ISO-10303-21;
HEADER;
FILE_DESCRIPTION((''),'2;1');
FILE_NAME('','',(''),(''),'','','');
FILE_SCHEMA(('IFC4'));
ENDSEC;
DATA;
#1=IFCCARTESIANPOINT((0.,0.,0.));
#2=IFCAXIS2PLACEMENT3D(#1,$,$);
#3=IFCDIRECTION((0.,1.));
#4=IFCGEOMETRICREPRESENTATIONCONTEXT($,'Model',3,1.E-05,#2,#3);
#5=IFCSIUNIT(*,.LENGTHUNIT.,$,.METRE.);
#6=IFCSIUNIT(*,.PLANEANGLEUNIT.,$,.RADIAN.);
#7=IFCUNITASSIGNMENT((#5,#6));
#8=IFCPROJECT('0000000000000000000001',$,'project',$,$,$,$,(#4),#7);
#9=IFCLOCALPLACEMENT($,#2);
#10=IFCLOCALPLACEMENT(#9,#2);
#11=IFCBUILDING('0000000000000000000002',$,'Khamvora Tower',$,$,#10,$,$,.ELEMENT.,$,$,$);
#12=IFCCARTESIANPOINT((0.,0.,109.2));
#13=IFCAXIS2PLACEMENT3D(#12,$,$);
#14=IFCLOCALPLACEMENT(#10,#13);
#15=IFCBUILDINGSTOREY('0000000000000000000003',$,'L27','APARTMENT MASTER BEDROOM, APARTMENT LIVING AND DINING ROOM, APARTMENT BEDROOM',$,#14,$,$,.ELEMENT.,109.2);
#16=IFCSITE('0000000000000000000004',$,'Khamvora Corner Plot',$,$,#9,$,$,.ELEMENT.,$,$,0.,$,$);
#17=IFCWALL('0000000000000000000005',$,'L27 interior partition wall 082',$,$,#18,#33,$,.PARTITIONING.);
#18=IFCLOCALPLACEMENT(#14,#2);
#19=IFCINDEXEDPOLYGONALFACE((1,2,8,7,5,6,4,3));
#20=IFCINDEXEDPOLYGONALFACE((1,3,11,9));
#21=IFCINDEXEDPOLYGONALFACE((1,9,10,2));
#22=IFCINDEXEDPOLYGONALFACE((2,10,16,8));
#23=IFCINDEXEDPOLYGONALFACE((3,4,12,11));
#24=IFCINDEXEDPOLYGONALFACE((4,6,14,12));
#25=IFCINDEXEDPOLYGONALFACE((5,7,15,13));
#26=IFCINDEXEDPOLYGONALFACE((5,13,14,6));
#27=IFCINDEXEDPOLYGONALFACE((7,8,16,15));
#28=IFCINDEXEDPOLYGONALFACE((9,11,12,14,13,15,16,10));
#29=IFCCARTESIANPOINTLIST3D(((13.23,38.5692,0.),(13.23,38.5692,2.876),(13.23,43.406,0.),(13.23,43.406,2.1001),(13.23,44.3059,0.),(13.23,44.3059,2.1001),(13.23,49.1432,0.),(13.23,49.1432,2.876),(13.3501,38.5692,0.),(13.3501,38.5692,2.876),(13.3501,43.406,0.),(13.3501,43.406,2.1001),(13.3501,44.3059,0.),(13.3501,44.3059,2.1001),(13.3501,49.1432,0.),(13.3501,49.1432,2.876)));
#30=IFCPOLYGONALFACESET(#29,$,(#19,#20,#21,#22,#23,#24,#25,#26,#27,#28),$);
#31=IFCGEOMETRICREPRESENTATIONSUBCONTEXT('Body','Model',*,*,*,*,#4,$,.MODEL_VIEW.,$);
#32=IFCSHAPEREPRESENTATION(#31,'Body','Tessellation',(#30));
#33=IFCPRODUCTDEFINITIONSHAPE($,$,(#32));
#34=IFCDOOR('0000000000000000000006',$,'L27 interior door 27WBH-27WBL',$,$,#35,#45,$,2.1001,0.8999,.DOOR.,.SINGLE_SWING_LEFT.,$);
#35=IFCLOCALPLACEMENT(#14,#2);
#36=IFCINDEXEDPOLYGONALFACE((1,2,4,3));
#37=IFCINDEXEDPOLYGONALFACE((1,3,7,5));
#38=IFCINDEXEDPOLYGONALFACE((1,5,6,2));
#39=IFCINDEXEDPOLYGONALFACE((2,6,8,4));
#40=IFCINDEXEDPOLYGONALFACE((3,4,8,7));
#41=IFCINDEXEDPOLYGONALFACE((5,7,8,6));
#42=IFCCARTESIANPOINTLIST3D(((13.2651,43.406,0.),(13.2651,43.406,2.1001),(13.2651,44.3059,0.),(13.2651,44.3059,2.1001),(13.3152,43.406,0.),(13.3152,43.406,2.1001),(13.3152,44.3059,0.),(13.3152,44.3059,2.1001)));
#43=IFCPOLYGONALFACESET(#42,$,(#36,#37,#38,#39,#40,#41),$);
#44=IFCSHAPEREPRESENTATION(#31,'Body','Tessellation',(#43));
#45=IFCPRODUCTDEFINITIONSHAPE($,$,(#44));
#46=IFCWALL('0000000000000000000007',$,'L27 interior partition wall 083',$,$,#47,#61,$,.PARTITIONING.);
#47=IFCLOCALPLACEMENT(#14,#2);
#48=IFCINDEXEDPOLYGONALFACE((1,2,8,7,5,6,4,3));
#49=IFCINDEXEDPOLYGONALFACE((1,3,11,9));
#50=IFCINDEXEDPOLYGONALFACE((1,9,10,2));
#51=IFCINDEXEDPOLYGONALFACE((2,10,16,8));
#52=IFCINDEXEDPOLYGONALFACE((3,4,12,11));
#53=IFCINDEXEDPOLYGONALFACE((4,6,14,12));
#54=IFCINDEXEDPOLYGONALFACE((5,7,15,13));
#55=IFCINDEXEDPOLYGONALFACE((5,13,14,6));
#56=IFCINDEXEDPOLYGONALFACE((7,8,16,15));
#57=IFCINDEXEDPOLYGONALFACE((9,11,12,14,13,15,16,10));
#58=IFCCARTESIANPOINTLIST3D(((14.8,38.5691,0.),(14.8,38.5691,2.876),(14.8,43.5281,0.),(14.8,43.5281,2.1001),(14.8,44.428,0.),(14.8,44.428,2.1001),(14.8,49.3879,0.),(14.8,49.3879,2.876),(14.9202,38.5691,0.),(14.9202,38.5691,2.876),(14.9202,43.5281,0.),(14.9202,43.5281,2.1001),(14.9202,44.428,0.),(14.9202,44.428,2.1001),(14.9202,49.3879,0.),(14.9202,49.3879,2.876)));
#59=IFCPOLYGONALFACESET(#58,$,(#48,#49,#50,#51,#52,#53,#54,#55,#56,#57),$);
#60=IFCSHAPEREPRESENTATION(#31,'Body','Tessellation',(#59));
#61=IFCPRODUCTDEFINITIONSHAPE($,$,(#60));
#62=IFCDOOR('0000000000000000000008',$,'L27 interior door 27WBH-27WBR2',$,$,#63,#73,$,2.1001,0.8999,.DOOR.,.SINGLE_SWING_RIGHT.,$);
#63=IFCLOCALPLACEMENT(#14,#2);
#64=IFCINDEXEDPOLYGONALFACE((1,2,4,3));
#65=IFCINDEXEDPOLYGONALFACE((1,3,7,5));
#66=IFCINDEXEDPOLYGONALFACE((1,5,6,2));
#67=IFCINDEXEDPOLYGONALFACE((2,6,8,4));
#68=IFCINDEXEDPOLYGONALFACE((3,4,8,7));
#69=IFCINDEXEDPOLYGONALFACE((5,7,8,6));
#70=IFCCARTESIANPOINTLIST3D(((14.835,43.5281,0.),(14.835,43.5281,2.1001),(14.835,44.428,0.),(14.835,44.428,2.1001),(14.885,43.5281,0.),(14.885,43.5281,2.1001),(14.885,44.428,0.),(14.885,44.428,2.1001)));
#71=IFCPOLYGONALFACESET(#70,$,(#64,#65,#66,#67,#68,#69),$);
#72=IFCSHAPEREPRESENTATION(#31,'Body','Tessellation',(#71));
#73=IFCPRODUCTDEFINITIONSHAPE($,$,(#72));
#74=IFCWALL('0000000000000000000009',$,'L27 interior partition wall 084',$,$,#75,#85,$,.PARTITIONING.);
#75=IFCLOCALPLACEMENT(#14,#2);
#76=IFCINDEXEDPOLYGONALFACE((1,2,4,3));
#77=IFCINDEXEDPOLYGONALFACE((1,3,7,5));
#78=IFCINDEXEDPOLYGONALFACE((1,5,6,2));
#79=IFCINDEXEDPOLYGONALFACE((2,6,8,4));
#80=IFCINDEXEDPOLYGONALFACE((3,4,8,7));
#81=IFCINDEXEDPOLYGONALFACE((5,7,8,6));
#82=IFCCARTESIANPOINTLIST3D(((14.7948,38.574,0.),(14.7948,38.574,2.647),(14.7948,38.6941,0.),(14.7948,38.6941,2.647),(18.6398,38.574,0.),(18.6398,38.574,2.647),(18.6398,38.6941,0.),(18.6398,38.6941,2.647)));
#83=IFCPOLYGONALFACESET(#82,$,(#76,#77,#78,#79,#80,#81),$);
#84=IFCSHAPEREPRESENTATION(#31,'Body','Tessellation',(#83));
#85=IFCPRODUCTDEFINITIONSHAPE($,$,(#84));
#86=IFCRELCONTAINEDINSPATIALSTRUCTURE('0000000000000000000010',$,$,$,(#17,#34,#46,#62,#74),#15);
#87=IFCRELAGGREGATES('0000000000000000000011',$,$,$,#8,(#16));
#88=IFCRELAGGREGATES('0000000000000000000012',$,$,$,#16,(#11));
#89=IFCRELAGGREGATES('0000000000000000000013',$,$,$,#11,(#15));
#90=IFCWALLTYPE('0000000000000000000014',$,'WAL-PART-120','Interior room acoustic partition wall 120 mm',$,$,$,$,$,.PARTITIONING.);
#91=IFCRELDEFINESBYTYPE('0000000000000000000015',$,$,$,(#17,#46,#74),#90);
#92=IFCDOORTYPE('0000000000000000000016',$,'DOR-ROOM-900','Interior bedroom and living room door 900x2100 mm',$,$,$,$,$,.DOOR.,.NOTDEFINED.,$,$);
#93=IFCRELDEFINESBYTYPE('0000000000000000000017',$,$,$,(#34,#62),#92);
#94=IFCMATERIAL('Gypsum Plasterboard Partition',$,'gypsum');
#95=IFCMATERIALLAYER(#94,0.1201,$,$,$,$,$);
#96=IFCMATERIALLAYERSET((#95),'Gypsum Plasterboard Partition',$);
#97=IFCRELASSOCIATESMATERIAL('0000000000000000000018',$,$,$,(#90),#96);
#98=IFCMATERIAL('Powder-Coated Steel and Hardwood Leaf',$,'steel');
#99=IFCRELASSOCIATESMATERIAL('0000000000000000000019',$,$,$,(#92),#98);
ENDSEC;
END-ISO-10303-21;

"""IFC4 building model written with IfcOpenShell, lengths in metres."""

from ifc_helpers import new_model, si_unit, direction, frame, frame_2d, origin, place, context, subcontext, project, spatial, rectangle, extrude, material, layer, layer_set, type_object, element, fill, save


model = new_model("IFC4")

# Units and contexts
model_context = context("Model", 3, precision=1e-05, world=origin(), true_north=direction((0.0, 1.0)))
body_context = subcontext(model_context, "Body", "Model", "MODEL_VIEW")
ifc_project = project(units=[si_unit("LENGTHUNIT", "METRE"), si_unit("PLANEANGLEUNIT", "RADIAN")], contexts=[model_context])

# Site, building, storey
site_placement = place(None, origin())
site = spatial("IfcSite", under=ifc_project, at=site_placement, Name="Khamvora Corner Plot", CompositionType="ELEMENT", RefElevation=0.0)
building_placement = place(site_placement, origin())
building = spatial("IfcBuilding", under=site, at=building_placement, Name="Khamvora Tower", CompositionType="ELEMENT")
storey_placement = place(building_placement, frame((0.0, 0.0, 109.2)))
storey = spatial("IfcBuildingStorey", under=building, at=storey_placement, Name="L27", Description="APARTMENT MASTER BEDROOM, APARTMENT LIVING AND DINING ROOM, APARTMENT BEDROOM", CompositionType="ELEMENT", Elevation=109.2)

# Shared definitions
ifc_material_1 = material(Name="Gypsum Plasterboard Partition", Category="gypsum")
ifc_layer_1 = layer(ifc_material_1, 0.1201)
ifc_layer_set_1 = layer_set([ifc_layer_1], Name="Gypsum Plasterboard Partition")
wall_type_1 = type_object("IfcWallType", Name="WAL-PART-120", Description="Interior room acoustic partition wall 120 mm", PredefinedType="PARTITIONING", material=ifc_layer_set_1)

# Walls, openings, doors
wall_1_placement = place(storey_placement, frame((13.29, 38.5691, 0.0), z_axis=(0.0, 0.0, 1.0), x_axis=(0.0, 1.0, 0.0)))
wall_1 = element("IfcWall", 1, at=wall_1_placement, inside=storey, type_object=wall_type_1, Name="L27 interior partition wall 082", PredefinedType="PARTITIONING", context=body_context, shape_type="SweptSolid", body=[
    extrude(rectangle(XDim=10.574, YDim=0.1201, at=frame_2d((5.2871, 0.0))), origin(), (0.0, 0.0, 1.0), 2.876),
])
opening_1_placement = place(wall_1_placement, frame((4.8369, 0.0, 0.0)))
opening_1 = element("IfcOpeningElement", 2, at=opening_1_placement, cuts=wall_1, PredefinedType="OPENING", context=body_context, shape_type="SweptSolid", body=[
    extrude(rectangle(XDim=0.8999, YDim=2.1001, at=frame_2d((0.45, 1.05))), frame((0.0, 0.0701, 0.0), z_axis=(0.0, -1.0, 0.0), x_axis=(1.0, 0.0, 0.0)), (0.0, 0.0, 1.0), 0.1401),
])
ifc_material_2 = material(Name="Powder-Coated Steel and Hardwood Leaf", Category="steel")
door_type = type_object("IfcDoorType", Name="DOR-ROOM-900", Description="Interior bedroom and living room door 900x2100 mm", OperationType="NOTDEFINED", PredefinedType="DOOR", material=ifc_material_2)
door_1_placement = place(opening_1_placement, origin())
door_1 = element("IfcDoor", 3, at=door_1_placement, inside=storey, type_object=door_type, Name="L27 interior door 27WBH-27WBL", OperationType="SINGLE_SWING_LEFT", OverallHeight=2.1001, OverallWidth=0.8999, PredefinedType="DOOR", context=body_context, shape_type="SweptSolid", body=[
    extrude(rectangle(XDim=0.8999, YDim=2.1001, at=frame_2d((0.45, 1.05))), frame((0.0, 0.0249, 0.0), z_axis=(0.0, -1.0, 0.0), x_axis=(1.0, 0.0, 0.0)), (0.0, 0.0, 1.0), 0.05),
])
fill(opening_1, door_1)
wall_2_placement = place(storey_placement, frame((14.8601, 49.3879, 0.0), z_axis=(0.0, 0.0, 1.0), x_axis=(0.0, -1.0, 0.0)))
wall_2 = element("IfcWall", 4, at=wall_2_placement, inside=storey, type_object=wall_type_1, Name="L27 interior partition wall 083", PredefinedType="PARTITIONING", context=body_context, shape_type="SweptSolid", body=[
    extrude(rectangle(XDim=10.8188, YDim=0.1201, at=frame_2d((5.4094, 0.0))), origin(), (0.0, 0.0, 1.0), 2.876),
])
opening_2_placement = place(wall_2_placement, frame((4.96, 0.0, 0.0)))
opening_2 = element("IfcOpeningElement", 5, at=opening_2_placement, cuts=wall_2, PredefinedType="OPENING", context=body_context, shape_type="SweptSolid", body=[
    extrude(rectangle(XDim=0.8999, YDim=2.1001, at=frame_2d((0.45, 1.05))), frame((0.0, 0.0701, 0.0), z_axis=(0.0, -1.0, 0.0), x_axis=(1.0, 0.0, 0.0)), (0.0, 0.0, 1.0), 0.1401),
])
door_2_placement = place(opening_2_placement, origin())
door_2 = element("IfcDoor", 6, at=door_2_placement, inside=storey, type_object=door_type, Name="L27 interior door 27WBH-27WBR2", OperationType="SINGLE_SWING_RIGHT", OverallHeight=2.1001, OverallWidth=0.8999, PredefinedType="DOOR", context=body_context, shape_type="SweptSolid", body=[
    extrude(rectangle(XDim=0.8999, YDim=2.1001, at=frame_2d((0.45, 1.05))), frame((0.0, 0.0249, 0.0), z_axis=(0.0, -1.0, 0.0), x_axis=(1.0, 0.0, 0.0)), (0.0, 0.0, 1.0), 0.05),
])
fill(opening_2, door_2)

# Wall
wall_3_placement = place(storey_placement, frame((14.7949, 38.634, 0.0), z_axis=(0.0, 0.0, 1.0), x_axis=(1.0, 0.0, 0.0)))
element("IfcWall", 7, at=wall_3_placement, inside=storey, type_object=wall_type_1, Name="L27 interior partition wall 084", PredefinedType="PARTITIONING", context=body_context, shape_type="SweptSolid", body=[
    extrude(rectangle(XDim=3.845, YDim=0.1201, at=frame_2d((1.9224, 0.0))), origin(), (0.0, 0.0, 1.0), 2.647),
])

save(model, "model.ifc")
